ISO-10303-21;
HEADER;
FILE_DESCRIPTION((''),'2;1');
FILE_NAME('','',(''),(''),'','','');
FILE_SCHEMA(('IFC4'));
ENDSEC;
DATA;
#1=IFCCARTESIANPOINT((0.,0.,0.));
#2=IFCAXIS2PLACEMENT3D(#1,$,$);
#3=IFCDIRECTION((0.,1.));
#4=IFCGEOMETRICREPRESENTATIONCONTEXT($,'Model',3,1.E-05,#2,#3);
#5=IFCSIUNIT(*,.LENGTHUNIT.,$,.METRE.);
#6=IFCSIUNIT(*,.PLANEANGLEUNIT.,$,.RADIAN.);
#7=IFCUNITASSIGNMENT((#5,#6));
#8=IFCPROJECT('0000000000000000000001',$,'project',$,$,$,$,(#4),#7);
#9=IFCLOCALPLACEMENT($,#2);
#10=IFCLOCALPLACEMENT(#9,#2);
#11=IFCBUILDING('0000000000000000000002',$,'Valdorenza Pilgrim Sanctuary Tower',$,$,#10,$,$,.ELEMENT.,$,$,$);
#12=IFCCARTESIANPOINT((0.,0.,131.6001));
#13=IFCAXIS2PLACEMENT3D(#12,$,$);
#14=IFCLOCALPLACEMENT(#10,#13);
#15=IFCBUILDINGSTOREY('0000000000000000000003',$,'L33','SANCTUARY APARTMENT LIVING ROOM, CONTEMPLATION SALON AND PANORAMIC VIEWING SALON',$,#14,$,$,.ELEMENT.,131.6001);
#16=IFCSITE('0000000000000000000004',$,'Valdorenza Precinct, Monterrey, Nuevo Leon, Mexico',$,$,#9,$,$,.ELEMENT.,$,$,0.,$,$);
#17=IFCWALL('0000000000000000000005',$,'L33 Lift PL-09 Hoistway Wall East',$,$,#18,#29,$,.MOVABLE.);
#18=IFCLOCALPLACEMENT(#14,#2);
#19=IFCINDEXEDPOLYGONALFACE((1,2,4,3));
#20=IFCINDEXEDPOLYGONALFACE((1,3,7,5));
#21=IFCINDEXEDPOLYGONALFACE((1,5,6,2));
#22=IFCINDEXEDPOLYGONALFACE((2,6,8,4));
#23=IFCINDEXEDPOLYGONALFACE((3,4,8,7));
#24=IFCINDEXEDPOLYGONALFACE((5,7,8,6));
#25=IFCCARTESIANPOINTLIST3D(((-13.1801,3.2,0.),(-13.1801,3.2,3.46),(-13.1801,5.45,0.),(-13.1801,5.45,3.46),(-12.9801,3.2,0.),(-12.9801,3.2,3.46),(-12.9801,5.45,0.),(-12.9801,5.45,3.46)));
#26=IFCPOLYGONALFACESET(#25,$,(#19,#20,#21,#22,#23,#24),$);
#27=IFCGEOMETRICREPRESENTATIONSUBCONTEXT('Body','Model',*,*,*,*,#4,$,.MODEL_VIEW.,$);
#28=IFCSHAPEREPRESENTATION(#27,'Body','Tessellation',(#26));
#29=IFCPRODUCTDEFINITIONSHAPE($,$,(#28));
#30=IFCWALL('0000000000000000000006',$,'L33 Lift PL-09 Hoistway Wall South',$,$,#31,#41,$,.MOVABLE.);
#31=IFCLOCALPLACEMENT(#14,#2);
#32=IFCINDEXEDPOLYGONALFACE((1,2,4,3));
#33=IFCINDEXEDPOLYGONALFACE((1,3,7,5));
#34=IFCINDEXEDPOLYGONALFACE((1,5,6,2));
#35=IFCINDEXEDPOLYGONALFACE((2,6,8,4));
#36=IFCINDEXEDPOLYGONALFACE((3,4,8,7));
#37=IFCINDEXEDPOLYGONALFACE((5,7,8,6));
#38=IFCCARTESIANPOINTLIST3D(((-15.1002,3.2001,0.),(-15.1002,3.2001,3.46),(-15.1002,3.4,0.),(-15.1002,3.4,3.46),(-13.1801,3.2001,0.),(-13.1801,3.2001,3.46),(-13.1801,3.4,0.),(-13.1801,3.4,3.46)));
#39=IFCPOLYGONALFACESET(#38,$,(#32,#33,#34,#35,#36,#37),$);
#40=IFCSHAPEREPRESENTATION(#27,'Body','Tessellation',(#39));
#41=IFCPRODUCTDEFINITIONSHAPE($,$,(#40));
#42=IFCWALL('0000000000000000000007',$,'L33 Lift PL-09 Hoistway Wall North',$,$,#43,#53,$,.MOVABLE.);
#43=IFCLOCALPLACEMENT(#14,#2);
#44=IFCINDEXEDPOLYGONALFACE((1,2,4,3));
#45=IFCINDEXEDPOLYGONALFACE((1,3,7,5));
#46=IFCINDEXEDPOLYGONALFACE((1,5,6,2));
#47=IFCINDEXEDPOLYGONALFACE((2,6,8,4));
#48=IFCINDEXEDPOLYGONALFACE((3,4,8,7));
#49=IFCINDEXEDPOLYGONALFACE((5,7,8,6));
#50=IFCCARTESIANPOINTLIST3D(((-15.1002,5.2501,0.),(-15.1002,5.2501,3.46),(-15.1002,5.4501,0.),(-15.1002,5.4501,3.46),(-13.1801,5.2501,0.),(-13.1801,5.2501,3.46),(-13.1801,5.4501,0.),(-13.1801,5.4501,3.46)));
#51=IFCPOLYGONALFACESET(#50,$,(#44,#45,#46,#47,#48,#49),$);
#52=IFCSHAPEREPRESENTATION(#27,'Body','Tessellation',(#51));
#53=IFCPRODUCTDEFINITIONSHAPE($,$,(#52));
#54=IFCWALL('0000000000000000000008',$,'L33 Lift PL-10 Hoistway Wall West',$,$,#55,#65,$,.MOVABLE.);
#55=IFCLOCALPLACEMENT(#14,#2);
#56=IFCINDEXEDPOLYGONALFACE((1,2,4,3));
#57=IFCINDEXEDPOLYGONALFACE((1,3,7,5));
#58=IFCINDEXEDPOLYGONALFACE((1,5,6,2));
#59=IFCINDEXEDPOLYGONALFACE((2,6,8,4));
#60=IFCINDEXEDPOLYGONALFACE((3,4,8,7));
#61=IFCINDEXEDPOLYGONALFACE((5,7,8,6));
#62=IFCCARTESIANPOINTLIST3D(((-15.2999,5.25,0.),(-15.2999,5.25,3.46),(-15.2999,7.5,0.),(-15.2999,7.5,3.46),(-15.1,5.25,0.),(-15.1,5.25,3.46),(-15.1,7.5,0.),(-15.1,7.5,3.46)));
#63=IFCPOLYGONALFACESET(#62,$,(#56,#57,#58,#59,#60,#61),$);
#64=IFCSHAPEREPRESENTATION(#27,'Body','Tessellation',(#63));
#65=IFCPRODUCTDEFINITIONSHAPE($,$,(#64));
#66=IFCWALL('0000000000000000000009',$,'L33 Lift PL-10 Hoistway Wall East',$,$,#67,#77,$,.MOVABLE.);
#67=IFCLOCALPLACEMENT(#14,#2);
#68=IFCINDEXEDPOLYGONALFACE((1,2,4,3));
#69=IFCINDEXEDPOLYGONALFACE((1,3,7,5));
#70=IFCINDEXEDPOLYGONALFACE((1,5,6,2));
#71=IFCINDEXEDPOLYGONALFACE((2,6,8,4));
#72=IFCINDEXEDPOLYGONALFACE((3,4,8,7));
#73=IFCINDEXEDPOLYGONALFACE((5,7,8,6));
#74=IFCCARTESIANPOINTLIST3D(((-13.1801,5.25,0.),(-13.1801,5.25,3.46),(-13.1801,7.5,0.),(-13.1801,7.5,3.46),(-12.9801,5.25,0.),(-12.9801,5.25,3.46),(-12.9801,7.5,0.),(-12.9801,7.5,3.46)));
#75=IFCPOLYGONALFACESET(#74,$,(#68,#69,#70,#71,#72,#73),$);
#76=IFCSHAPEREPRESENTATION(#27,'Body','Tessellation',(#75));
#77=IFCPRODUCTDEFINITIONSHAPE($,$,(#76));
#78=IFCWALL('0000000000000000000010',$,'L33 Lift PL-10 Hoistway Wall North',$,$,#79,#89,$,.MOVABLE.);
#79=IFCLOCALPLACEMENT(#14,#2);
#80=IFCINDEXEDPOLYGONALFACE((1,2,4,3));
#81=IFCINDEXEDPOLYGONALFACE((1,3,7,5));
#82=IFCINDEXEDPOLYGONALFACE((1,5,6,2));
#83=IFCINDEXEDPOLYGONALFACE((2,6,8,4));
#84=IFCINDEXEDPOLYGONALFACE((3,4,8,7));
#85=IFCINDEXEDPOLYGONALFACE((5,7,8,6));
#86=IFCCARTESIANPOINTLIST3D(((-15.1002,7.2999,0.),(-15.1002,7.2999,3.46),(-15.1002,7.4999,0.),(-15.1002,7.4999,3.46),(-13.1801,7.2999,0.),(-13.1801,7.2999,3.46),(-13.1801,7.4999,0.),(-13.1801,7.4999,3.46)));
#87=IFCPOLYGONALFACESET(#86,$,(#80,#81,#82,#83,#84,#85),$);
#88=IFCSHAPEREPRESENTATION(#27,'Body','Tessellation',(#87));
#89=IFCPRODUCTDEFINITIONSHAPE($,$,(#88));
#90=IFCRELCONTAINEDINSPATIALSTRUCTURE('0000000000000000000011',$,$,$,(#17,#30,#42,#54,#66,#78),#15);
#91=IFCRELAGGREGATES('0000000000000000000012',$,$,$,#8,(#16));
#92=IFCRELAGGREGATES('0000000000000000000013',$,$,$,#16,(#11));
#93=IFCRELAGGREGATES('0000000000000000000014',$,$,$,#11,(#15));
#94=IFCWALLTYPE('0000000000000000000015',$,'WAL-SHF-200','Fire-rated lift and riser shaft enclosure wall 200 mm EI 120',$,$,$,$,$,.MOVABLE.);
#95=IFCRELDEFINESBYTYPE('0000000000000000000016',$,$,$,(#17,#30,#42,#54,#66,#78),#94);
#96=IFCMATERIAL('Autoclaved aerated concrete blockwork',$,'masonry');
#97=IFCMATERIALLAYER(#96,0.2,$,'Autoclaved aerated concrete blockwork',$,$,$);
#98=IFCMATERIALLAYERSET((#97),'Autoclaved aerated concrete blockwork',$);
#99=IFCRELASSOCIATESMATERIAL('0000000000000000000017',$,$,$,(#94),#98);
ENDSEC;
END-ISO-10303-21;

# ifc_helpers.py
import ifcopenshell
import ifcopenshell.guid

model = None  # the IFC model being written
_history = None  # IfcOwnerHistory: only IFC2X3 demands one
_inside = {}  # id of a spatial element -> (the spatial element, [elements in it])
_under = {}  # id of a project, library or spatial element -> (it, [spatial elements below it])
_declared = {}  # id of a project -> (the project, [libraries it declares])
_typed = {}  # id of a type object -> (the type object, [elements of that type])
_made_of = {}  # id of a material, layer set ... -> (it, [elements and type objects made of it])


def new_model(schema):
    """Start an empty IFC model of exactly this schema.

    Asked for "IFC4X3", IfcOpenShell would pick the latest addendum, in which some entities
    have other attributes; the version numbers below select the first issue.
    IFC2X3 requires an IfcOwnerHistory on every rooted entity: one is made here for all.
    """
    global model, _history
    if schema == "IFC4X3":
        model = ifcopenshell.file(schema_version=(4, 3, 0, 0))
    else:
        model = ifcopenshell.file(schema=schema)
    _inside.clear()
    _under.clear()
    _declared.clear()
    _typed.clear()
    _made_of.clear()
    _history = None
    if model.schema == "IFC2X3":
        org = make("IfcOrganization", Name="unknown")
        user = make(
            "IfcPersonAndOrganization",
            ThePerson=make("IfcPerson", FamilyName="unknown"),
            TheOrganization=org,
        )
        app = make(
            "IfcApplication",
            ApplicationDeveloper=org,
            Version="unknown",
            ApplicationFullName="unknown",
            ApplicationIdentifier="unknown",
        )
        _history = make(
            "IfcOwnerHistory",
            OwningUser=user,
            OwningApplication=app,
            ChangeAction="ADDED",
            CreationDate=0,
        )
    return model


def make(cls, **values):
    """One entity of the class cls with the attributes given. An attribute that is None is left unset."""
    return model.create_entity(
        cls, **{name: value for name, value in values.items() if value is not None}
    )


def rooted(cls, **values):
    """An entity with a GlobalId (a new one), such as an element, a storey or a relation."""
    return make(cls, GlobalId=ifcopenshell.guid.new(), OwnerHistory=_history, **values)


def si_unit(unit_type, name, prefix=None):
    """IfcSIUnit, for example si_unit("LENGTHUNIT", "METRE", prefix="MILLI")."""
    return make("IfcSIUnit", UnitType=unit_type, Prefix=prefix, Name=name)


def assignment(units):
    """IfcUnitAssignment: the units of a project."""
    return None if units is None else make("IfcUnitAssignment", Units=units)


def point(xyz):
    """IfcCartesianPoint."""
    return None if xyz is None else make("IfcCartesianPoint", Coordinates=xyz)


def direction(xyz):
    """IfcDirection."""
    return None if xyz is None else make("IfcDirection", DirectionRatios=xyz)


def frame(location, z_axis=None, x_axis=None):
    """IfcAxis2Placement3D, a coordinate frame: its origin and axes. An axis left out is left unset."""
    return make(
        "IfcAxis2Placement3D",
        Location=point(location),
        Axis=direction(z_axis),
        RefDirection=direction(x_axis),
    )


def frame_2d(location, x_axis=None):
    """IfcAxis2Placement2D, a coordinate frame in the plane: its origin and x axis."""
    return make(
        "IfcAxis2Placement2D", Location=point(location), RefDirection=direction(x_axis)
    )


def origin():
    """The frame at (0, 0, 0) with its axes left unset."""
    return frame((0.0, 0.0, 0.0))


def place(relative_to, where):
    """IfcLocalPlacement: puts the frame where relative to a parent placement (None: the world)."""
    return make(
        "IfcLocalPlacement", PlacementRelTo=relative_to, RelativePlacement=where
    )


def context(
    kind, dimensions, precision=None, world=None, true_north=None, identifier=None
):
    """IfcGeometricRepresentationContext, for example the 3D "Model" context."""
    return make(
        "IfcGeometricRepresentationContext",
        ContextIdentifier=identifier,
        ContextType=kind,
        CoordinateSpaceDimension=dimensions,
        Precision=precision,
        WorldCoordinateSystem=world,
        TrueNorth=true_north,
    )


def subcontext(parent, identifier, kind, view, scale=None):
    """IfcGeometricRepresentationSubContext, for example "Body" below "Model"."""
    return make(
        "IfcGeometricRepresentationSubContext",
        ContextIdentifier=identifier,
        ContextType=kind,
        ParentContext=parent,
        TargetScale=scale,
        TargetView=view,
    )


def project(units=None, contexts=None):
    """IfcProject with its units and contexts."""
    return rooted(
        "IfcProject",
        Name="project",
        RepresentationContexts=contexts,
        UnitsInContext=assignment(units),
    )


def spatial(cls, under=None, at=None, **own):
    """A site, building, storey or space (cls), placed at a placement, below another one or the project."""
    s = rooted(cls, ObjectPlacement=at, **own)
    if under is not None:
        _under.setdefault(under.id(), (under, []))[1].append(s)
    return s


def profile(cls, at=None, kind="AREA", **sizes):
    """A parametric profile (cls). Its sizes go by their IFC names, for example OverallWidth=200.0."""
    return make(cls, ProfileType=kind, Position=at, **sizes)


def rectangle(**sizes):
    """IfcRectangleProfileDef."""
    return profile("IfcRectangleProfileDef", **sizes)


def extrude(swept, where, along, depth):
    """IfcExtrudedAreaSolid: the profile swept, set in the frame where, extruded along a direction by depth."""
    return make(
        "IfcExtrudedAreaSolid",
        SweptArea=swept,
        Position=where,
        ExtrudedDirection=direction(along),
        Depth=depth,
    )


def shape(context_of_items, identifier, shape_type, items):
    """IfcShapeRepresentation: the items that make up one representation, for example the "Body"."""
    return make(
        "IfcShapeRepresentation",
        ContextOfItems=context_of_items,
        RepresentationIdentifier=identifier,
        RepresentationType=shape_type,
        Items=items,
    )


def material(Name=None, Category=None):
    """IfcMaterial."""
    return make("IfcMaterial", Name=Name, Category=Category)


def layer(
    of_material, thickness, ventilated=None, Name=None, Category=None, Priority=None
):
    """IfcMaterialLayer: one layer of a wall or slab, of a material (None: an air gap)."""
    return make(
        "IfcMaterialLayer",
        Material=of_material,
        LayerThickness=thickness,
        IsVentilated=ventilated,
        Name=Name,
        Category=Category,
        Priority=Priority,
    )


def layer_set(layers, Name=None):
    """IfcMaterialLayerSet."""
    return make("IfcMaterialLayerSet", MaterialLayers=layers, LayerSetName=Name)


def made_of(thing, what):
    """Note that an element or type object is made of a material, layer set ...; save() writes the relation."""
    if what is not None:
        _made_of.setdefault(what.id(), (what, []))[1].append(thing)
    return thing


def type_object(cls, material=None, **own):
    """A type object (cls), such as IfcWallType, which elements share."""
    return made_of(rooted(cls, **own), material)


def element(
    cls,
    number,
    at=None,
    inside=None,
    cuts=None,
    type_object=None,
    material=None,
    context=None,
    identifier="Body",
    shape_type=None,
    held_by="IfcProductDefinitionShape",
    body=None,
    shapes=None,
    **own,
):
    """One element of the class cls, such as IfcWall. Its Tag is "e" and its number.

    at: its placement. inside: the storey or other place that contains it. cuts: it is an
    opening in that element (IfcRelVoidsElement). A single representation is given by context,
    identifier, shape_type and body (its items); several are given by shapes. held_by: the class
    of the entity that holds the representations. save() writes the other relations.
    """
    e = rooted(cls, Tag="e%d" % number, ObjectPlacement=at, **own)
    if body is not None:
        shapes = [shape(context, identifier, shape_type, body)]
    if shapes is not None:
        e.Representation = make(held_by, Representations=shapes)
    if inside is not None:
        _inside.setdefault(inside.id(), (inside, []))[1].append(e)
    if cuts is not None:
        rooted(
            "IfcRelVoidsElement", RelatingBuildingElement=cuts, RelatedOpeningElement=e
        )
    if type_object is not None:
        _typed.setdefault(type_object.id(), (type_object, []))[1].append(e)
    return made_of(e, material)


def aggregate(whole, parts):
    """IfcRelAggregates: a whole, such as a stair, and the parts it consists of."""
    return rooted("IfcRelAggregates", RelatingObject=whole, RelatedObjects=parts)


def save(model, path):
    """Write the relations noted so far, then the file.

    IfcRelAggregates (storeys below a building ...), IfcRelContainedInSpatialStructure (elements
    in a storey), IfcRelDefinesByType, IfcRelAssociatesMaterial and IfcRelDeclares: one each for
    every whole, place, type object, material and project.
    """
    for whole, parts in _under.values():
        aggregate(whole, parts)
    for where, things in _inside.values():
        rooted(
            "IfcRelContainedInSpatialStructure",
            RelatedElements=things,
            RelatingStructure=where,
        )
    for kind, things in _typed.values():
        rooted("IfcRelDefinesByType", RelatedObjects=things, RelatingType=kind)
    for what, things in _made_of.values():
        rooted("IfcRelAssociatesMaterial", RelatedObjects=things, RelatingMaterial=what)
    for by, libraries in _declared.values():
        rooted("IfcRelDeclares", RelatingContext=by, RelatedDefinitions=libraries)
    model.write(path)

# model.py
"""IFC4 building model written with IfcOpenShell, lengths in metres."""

from ifc_helpers import new_model, si_unit, direction, frame, frame_2d, origin, place, context, subcontext, project, spatial, rectangle, extrude, material, layer, layer_set, type_object, element, save


model = new_model("IFC4")

# Units and contexts
model_context = context("Model", 3, precision=1e-05, world=origin(), true_north=direction((0.0, 1.0)))
body_context = subcontext(model_context, "Body", "Model", "MODEL_VIEW")
ifc_project = project(units=[si_unit("LENGTHUNIT", "METRE"), si_unit("PLANEANGLEUNIT", "RADIAN")], contexts=[model_context])

# Site, building, storey
site_placement = place(None, origin())
site = spatial("IfcSite", under=ifc_project, at=site_placement, Name="Valdorenza Precinct, Monterrey, Nuevo Leon, Mexico", CompositionType="ELEMENT", RefElevation=0.0)
building_placement = place(site_placement, origin())
building = spatial("IfcBuilding", under=site, at=building_placement, Name="Valdorenza Pilgrim Sanctuary Tower", CompositionType="ELEMENT")
storey_placement = place(building_placement, frame((0.0, 0.0, 131.6001)))
storey = spatial("IfcBuildingStorey", under=building, at=storey_placement, Name="L33", Description="SANCTUARY APARTMENT LIVING ROOM, CONTEMPLATION SALON AND PANORAMIC VIEWING SALON", CompositionType="ELEMENT", Elevation=131.6001)

# Shared definitions
ifc_material_1 = material(Name="Autoclaved aerated concrete blockwork", Category="masonry")
ifc_layer_1 = layer(ifc_material_1, 0.2, Name="Autoclaved aerated concrete blockwork")
ifc_layer_set_1 = layer_set([ifc_layer_1], Name="Autoclaved aerated concrete blockwork")
wall_type_1 = type_object("IfcWallType", Name="WAL-SHF-200", Description="Fire-rated lift and riser shaft enclosure wall 200 mm EI 120", PredefinedType="MOVABLE", material=ifc_layer_set_1)

# Walls
for number, where, z_axis, x_axis, name in (
    (1, (-13.0801, 3.2, 0.0), (0.0, 0.0, 1.0), (0.0, 1.0, 0.0), "L33 Lift PL-09 Hoistway Wall East"),
):
    element("IfcWall", number, at=place(storey_placement, frame(where, z_axis=z_axis, x_axis=x_axis)), inside=storey, type_object=wall_type_1, Name=name, PredefinedType="MOVABLE", context=body_context, shape_type="SweptSolid", body=[
        extrude(rectangle(XDim=2.25, YDim=0.2, at=frame_2d((1.125, 0.0))), origin(), (0.0, 0.0, 1.0), 3.46),
    ])
for number, where, z_axis, x_axis, name in (
    (2, (-15.1001, 3.3, 0.0), (0.0, 0.0, 1.0), (1.0, 0.0, 0.0), "L33 Lift PL-09 Hoistway Wall South"),
    (3, (-15.1001, 5.3501, 0.0), (0.0, 0.0, 1.0), (1.0, 0.0, 0.0), "L33 Lift PL-09 Hoistway Wall North"),
):
    element("IfcWall", number, at=place(storey_placement, frame(where, z_axis=z_axis, x_axis=x_axis)), inside=storey, type_object=wall_type_1, Name=name, PredefinedType="MOVABLE", context=body_context, shape_type="SweptSolid", body=[
        extrude(rectangle(XDim=1.9202, YDim=0.2, at=frame_2d((0.96, 0.0))), origin(), (0.0, 0.0, 1.0), 3.46),
    ])
for number, where, z_axis, x_axis, name in (
    (4, (-15.2, 5.25, 0.0), (0.0, 0.0, 1.0), (0.0, 1.0, 0.0), "L33 Lift PL-10 Hoistway Wall West"),
    (5, (-13.0801, 5.25, 0.0), (0.0, 0.0, 1.0), (0.0, 1.0, 0.0), "L33 Lift PL-10 Hoistway Wall East"),
):
    element("IfcWall", number, at=place(storey_placement, frame(where, z_axis=z_axis, x_axis=x_axis)), inside=storey, type_object=wall_type_1, Name=name, PredefinedType="MOVABLE", context=body_context, shape_type="SweptSolid", body=[
        extrude(rectangle(XDim=2.25, YDim=0.2, at=frame_2d((1.125, 0.0))), origin(), (0.0, 0.0, 1.0), 3.46),
    ])
wall_1_placement = place(storey_placement, frame((-15.1001, 7.3999, 0.0), z_axis=(0.0, 0.0, 1.0), x_axis=(1.0, 0.0, 0.0)))
element("IfcWall", 6, at=wall_1_placement, inside=storey, type_object=wall_type_1, Name="L33 Lift PL-10 Hoistway Wall North", PredefinedType="MOVABLE", context=body_context, shape_type="SweptSolid", body=[
    extrude(rectangle(XDim=1.9202, YDim=0.2, at=frame_2d((0.96, 0.0))), origin(), (0.0, 0.0, 1.0), 3.46),
])

save(model, "model.ifc")
